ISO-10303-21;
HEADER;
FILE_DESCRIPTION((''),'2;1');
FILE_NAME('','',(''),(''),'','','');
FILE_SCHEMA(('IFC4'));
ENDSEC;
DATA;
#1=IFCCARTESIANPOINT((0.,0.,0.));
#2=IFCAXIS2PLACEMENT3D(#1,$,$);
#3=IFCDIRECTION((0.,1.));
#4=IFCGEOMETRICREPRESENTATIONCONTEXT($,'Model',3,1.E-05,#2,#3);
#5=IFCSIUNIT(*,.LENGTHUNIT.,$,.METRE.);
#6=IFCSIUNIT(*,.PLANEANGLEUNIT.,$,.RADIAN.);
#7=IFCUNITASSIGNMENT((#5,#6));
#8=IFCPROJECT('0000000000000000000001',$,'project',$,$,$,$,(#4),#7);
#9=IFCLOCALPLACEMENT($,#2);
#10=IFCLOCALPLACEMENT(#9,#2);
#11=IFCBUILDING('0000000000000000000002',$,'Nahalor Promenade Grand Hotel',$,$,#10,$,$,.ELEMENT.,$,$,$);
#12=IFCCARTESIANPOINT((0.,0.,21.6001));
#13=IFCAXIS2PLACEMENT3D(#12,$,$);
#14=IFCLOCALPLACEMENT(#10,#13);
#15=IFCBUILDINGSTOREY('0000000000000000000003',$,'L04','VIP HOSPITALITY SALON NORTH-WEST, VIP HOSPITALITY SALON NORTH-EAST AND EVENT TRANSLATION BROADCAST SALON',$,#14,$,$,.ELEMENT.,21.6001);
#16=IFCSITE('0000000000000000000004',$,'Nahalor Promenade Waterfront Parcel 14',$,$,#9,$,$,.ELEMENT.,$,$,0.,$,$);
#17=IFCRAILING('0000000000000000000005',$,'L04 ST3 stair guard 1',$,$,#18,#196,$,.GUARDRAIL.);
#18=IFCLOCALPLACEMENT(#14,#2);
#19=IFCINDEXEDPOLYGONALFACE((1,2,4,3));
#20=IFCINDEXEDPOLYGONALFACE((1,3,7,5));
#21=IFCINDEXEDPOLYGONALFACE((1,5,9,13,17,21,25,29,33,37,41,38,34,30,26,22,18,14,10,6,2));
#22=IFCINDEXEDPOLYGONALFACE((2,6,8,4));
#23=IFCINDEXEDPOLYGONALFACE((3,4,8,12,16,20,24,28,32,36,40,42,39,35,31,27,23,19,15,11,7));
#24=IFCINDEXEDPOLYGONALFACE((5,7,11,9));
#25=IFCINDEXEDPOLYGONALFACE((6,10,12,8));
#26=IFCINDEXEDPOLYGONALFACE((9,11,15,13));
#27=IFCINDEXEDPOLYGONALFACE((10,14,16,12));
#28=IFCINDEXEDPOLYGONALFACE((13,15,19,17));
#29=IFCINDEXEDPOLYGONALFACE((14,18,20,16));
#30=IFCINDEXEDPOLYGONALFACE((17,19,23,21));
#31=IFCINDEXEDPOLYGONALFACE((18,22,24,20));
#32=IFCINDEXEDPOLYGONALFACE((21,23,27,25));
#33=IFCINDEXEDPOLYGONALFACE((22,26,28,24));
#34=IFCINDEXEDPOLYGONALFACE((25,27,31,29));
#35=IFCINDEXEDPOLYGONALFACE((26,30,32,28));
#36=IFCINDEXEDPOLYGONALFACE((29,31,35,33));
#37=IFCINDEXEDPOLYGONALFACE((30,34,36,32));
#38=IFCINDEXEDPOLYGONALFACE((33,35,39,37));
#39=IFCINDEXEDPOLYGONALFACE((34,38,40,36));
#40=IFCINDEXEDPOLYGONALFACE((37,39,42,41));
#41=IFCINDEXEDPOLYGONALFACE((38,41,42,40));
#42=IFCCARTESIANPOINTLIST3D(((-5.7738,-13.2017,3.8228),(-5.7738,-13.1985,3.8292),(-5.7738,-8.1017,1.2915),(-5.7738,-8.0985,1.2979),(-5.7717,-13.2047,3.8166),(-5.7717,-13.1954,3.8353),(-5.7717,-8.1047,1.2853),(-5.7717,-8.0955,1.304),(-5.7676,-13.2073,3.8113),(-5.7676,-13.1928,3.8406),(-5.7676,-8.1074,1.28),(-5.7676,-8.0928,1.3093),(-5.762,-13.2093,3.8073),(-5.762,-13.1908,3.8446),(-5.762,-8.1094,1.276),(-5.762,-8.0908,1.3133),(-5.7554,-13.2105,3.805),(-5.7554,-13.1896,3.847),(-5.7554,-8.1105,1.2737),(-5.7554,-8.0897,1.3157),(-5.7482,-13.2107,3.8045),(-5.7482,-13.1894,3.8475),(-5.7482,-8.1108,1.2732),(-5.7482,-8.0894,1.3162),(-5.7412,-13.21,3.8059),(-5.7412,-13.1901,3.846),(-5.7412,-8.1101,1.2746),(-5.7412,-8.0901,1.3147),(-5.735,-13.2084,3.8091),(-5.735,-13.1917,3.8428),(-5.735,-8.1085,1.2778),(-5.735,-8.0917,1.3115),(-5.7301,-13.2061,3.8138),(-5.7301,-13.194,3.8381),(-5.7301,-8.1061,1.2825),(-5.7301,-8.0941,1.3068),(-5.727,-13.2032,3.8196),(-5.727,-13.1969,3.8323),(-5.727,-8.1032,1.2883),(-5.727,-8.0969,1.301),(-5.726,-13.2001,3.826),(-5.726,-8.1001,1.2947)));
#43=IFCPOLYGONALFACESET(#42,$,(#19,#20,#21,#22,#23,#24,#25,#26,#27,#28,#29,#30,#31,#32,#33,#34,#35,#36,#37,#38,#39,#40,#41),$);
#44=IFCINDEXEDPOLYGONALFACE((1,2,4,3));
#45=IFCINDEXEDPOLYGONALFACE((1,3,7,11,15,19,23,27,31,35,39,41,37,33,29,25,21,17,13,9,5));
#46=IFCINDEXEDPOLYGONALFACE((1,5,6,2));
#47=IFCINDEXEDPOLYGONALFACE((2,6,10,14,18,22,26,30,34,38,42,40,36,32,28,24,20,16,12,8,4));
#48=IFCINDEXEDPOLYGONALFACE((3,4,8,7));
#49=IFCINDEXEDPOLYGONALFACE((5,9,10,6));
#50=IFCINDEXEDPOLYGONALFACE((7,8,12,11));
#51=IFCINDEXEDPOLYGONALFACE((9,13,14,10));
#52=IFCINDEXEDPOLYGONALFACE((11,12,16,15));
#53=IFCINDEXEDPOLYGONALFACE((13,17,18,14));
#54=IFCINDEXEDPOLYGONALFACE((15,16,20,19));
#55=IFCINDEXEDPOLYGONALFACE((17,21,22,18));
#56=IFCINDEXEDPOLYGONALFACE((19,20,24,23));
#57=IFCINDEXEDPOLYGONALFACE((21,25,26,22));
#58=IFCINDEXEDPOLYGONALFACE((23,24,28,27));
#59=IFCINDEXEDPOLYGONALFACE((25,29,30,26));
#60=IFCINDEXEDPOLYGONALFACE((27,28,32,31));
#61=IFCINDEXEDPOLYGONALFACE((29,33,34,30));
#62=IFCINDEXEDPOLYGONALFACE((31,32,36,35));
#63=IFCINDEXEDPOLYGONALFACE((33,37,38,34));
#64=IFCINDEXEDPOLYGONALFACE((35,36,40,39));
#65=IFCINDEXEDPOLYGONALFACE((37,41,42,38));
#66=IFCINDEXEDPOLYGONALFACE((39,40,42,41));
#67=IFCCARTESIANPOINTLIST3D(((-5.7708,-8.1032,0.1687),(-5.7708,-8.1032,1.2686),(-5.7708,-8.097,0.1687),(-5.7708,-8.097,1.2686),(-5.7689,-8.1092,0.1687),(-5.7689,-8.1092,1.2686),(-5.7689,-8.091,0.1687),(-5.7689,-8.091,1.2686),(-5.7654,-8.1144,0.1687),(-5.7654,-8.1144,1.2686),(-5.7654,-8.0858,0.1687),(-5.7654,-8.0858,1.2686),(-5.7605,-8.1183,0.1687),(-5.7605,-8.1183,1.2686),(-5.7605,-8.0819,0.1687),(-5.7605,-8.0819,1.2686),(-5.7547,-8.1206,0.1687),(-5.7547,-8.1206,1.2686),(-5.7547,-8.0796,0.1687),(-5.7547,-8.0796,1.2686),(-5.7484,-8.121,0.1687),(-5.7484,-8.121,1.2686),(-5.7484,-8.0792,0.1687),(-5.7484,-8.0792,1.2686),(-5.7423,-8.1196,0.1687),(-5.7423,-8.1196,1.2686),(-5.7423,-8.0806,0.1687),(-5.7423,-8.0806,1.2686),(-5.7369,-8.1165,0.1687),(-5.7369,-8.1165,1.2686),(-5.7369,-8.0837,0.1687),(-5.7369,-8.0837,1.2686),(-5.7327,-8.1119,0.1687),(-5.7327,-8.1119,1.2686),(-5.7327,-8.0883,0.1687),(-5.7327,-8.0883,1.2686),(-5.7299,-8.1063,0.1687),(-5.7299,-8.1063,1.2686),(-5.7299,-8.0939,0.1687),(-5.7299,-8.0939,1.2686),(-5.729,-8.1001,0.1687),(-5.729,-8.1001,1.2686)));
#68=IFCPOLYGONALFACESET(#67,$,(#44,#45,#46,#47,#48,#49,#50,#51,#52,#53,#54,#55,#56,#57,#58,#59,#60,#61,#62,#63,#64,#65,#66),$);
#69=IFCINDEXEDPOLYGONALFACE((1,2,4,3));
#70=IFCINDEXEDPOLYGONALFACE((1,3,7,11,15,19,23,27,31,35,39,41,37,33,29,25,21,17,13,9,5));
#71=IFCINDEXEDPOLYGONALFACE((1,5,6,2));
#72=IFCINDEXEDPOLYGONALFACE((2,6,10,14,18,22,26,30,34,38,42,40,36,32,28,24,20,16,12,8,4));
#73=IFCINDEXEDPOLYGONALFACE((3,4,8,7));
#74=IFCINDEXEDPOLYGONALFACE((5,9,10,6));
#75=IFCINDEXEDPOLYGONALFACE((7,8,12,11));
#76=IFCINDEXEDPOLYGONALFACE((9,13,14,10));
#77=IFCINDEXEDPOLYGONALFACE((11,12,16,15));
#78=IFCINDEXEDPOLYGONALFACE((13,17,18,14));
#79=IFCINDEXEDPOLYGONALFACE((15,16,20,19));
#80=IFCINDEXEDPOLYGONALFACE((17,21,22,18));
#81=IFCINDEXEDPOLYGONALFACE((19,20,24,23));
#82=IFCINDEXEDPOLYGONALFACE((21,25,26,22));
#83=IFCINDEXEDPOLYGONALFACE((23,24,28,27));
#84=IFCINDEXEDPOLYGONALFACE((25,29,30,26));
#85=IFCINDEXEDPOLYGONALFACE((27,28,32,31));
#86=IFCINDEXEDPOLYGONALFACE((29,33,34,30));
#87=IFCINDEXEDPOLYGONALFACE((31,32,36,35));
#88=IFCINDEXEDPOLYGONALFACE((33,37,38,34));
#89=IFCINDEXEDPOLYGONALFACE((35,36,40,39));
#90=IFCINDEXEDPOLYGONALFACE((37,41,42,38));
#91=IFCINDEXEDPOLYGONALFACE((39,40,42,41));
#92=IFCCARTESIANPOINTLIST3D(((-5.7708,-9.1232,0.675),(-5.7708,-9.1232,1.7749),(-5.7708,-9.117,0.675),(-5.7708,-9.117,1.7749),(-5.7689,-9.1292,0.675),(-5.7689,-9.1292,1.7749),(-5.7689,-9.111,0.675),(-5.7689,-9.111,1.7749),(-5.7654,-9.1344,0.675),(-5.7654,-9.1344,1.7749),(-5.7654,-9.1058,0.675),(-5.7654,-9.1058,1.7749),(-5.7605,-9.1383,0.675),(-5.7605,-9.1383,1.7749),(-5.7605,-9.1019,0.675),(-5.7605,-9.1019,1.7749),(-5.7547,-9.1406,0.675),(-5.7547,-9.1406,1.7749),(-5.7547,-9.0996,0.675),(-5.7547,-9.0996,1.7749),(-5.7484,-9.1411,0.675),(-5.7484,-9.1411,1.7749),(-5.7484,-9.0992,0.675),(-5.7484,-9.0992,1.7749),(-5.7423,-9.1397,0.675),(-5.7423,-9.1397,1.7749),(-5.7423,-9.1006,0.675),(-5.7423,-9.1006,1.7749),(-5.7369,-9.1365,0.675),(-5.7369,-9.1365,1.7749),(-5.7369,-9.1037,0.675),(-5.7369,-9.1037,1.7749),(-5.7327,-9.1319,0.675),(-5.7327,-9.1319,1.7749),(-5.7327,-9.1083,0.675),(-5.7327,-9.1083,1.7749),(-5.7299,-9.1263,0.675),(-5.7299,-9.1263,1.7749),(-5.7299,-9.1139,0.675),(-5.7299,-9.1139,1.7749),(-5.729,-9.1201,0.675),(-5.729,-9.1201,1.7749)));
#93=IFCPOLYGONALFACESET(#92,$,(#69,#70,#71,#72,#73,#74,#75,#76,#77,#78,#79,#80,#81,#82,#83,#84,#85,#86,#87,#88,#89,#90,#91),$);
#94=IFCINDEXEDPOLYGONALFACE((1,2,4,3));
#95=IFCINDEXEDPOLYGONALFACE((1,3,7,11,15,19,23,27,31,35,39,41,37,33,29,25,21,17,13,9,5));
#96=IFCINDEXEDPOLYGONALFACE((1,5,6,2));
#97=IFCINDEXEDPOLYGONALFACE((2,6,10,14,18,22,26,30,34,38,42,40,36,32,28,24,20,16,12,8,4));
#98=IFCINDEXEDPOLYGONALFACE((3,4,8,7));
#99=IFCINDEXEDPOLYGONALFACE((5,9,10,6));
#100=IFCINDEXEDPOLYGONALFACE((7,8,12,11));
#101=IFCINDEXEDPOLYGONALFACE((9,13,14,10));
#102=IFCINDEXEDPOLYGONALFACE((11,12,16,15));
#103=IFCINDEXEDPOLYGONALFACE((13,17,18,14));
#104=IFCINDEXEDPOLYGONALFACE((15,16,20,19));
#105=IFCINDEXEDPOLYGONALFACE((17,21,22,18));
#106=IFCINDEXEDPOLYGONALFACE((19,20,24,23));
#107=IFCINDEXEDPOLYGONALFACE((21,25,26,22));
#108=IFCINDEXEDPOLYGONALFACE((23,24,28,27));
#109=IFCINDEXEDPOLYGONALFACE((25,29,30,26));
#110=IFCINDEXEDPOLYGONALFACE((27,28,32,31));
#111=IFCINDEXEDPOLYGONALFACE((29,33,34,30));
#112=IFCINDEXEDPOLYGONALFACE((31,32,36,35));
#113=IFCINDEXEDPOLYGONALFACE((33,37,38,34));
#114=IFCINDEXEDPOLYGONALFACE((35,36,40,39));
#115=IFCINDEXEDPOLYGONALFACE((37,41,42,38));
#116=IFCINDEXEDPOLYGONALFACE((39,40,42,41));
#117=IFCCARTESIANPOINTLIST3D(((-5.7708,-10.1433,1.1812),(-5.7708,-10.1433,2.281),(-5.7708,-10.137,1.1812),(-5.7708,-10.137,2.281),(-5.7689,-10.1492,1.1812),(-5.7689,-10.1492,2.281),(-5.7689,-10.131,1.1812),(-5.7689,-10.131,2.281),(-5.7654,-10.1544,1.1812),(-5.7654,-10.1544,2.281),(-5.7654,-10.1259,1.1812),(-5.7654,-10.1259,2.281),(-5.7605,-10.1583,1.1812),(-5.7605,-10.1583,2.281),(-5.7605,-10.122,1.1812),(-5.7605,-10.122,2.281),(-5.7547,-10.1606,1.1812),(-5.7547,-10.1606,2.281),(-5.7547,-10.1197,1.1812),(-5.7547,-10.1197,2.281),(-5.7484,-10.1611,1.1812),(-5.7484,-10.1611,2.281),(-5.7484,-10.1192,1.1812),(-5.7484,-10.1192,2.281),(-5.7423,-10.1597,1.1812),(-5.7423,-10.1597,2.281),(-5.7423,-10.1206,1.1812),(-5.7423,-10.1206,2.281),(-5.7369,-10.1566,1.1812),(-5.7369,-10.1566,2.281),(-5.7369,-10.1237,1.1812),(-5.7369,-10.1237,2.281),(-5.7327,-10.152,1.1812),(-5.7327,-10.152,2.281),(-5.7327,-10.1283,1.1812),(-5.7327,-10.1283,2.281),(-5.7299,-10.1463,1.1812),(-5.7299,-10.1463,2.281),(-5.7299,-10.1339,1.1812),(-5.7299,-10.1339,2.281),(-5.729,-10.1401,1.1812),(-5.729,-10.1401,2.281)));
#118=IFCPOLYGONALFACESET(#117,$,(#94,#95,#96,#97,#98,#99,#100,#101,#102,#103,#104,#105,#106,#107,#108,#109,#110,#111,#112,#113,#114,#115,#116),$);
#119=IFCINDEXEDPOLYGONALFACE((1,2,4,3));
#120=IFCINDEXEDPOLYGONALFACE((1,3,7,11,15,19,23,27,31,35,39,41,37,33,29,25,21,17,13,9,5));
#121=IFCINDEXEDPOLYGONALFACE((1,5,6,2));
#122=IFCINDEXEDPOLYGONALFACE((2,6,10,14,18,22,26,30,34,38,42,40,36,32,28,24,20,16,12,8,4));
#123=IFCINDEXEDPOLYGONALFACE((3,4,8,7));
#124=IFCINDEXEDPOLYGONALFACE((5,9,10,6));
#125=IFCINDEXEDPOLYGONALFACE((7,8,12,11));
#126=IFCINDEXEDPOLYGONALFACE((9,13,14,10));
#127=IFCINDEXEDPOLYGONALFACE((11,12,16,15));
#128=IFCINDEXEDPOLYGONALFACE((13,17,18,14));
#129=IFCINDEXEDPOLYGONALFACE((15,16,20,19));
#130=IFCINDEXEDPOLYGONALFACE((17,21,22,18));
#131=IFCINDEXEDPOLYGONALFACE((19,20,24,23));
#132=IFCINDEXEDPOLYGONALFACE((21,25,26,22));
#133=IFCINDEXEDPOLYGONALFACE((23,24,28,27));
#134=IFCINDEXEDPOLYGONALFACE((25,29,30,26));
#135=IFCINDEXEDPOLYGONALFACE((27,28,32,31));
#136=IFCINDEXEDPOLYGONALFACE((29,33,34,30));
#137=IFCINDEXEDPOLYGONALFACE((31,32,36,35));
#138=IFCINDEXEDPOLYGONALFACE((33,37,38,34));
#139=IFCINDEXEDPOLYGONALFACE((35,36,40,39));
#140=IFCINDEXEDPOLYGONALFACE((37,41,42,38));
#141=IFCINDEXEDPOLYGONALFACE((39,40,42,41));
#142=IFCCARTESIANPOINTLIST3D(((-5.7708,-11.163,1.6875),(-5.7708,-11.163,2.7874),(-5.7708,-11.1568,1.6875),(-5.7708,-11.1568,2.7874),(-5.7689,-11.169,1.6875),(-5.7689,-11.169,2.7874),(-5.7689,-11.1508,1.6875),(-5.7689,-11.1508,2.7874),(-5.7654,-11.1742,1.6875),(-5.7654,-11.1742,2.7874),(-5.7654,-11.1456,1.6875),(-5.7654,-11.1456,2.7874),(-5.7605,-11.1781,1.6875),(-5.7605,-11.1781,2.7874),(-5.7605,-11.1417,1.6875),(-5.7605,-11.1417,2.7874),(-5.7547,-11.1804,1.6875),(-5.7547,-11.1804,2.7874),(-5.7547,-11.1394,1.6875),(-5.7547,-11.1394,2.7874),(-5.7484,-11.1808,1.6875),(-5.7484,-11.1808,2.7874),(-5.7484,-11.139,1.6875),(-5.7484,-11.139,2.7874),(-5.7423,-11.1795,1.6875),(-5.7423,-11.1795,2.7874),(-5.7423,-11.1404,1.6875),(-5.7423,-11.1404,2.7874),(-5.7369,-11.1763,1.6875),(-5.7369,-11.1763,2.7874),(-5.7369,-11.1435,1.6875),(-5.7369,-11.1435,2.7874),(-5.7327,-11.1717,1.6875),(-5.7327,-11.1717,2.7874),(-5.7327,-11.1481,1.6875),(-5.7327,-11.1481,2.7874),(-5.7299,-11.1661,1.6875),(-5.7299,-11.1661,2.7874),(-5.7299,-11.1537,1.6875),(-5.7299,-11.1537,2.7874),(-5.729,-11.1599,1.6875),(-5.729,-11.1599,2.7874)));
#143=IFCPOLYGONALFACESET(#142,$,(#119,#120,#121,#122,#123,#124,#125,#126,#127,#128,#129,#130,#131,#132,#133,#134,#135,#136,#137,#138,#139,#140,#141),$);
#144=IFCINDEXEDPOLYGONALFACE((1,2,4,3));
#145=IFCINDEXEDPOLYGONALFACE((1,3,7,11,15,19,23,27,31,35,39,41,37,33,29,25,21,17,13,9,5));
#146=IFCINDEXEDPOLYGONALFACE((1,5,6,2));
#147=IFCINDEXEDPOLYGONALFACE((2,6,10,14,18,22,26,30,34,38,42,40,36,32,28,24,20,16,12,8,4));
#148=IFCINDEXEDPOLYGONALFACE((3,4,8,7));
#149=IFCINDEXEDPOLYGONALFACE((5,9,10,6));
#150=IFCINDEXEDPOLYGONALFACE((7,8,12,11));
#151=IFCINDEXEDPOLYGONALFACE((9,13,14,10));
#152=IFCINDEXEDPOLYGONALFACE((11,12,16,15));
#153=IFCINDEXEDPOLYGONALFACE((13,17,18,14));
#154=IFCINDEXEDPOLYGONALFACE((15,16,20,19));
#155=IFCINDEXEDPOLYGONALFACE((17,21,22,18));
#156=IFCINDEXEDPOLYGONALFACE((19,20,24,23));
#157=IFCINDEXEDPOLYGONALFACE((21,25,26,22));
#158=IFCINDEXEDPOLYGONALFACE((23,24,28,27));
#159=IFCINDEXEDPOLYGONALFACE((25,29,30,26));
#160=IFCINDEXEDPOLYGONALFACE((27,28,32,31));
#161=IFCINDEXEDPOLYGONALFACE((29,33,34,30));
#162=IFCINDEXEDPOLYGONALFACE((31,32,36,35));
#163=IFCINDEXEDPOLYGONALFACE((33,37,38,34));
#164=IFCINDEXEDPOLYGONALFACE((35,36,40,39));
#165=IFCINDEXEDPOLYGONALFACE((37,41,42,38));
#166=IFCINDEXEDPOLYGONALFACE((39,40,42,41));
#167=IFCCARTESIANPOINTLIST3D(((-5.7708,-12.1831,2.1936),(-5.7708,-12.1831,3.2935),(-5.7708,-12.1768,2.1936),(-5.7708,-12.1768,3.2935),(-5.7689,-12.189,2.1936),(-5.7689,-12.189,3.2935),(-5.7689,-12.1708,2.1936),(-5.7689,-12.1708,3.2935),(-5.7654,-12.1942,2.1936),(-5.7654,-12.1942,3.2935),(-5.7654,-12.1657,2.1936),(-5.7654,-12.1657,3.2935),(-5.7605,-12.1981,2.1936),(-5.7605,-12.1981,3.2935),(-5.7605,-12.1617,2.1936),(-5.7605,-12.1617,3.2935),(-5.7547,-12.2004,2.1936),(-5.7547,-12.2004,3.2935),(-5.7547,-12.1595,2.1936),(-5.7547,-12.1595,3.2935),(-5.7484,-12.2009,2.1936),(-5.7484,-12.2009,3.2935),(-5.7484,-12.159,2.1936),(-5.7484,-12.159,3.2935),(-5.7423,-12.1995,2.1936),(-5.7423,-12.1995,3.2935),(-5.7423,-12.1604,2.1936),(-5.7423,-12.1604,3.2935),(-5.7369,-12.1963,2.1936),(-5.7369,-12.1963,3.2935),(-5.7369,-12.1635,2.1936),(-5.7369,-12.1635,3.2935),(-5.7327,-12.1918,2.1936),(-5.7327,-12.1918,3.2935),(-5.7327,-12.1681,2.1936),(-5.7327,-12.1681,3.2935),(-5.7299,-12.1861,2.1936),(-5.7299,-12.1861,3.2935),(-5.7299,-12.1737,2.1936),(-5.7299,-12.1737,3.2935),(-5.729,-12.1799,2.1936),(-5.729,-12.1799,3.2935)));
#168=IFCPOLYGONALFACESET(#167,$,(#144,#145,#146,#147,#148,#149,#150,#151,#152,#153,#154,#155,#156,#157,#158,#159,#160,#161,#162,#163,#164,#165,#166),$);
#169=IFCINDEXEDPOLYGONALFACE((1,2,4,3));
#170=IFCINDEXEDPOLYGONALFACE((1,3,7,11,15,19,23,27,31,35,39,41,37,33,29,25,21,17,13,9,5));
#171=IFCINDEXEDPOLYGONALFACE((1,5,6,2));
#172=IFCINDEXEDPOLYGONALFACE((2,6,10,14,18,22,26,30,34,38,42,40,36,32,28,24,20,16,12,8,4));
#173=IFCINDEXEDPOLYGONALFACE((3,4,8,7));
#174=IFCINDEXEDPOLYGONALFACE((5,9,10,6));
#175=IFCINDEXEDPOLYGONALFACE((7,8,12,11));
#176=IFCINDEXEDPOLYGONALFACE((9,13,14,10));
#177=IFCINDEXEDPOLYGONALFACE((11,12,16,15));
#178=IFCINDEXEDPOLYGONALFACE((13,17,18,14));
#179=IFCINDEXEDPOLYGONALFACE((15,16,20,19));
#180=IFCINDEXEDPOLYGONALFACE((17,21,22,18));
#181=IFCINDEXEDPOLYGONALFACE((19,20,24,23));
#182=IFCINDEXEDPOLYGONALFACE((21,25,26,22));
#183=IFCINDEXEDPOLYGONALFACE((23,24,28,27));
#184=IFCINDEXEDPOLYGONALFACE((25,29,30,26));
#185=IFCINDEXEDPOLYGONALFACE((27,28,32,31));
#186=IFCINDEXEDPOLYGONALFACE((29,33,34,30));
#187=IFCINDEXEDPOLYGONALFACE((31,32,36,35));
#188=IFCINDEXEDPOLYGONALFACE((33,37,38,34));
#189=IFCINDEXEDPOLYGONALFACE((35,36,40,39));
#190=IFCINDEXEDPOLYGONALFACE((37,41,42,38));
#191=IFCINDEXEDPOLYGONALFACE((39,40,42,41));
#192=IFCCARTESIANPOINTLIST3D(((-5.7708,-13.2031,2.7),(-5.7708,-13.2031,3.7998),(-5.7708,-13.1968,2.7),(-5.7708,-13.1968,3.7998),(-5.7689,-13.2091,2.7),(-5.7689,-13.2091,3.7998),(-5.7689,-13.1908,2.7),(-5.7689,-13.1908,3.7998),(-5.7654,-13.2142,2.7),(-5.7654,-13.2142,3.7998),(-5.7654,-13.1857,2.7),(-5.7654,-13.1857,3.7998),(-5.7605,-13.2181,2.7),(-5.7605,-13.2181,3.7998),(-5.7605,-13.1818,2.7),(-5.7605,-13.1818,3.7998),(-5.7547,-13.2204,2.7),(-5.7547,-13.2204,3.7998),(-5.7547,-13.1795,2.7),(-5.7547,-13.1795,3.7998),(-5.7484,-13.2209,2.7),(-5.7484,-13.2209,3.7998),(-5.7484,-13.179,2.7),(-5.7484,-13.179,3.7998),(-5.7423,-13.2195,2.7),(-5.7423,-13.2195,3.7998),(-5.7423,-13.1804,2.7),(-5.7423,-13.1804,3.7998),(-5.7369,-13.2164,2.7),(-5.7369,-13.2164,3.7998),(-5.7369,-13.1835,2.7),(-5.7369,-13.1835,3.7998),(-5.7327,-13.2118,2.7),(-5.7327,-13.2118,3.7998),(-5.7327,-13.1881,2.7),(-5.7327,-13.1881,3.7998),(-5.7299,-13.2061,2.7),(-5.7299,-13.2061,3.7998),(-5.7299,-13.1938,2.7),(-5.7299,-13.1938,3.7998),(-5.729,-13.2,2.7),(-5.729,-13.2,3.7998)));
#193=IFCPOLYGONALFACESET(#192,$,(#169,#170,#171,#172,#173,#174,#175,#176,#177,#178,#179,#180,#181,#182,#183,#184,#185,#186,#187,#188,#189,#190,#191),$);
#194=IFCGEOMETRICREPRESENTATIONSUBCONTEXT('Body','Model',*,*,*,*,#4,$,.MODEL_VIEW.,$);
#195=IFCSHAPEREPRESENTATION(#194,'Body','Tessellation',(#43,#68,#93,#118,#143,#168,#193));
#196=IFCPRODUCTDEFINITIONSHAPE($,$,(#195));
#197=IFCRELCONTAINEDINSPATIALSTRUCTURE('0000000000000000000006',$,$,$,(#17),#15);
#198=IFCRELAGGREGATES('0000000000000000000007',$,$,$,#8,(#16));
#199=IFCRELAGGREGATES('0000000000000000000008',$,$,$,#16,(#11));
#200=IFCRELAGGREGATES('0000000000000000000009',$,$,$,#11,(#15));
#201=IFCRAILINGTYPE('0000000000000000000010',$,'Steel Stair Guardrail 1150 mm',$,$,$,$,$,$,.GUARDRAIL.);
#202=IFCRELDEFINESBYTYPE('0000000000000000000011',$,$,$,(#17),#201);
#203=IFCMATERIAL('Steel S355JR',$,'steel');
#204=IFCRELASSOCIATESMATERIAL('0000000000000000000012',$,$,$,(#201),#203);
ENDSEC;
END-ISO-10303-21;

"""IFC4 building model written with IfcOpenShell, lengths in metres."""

from ifc_helpers import new_model, si_unit, direction, frame, origin, origin_2d, place, context, subcontext, project, spatial, circle, extrude, material, type_object, element, save


model = new_model("IFC4")

# Units and contexts
model_context = context("Model", 3, precision=1e-05, world=origin(), true_north=direction((0.0, 1.0)))
body_context = subcontext(model_context, "Body", "Model", "MODEL_VIEW")
ifc_project = project(units=[si_unit("LENGTHUNIT", "METRE"), si_unit("PLANEANGLEUNIT", "RADIAN")], contexts=[model_context])

# Site, building, storey
site_placement = place(None, origin())
site = spatial("IfcSite", under=ifc_project, at=site_placement, Name="Nahalor Promenade Waterfront Parcel 14", CompositionType="ELEMENT", RefElevation=0.0)
building_placement = place(site_placement, origin())
building = spatial("IfcBuilding", under=site, at=building_placement, Name="Nahalor Promenade Grand Hotel", CompositionType="ELEMENT")
storey_placement = place(building_placement, frame((0.0, 0.0, 21.6001)))
storey = spatial("IfcBuildingStorey", under=building, at=storey_placement, Name="L04", Description="VIP HOSPITALITY SALON NORTH-WEST, VIP HOSPITALITY SALON NORTH-EAST AND EVENT TRANSLATION BROADCAST SALON", CompositionType="ELEMENT", Elevation=21.6001)

# Shared definitions
ifc_material_1 = material(Name="Steel S355JR", Category="steel")

# Railing
railing_type_1 = type_object("IfcRailingType", Name="Steel Stair Guardrail 1150 mm", PredefinedType="GUARDRAIL", material=ifc_material_1)
railing_1_placement = place(storey_placement, frame((-5.75, -8.1001, 0.1687)))
element("IfcRailing", 1, at=railing_1_placement, inside=storey, type_object=railing_type_1, Name="L04 ST3 stair guard 1", PredefinedType="GUARDRAIL", context=body_context, shape_type="SweptSolid", body=[
    extrude(circle(Radius=0.024, at=origin_2d()), frame((0.0, 0.0, 1.126), z_axis=(0.0, -0.895735, 0.444587), x_axis=(1.0, 0.0, 0.0)), (0.0, 0.0, 1.0), 5.6936),
    extrude(circle(Radius=0.021, at=origin_2d()), origin(), (0.0, 0.0, 1.0), 1.0999),
    extrude(circle(Radius=0.021, at=origin_2d()), frame((0.0, -1.02, 0.5063)), (0.0, 0.0, 1.0), 1.0999),
    extrude(circle(Radius=0.021, at=origin_2d()), frame((0.0, -2.04, 1.0125)), (0.0, 0.0, 1.0), 1.0999),
    extrude(circle(Radius=0.021, at=origin_2d()), frame((0.0, -3.0598, 1.5188)), (0.0, 0.0, 1.0), 1.0999),
    extrude(circle(Radius=0.021, at=origin_2d()), frame((0.0, -4.0798, 2.0249)), (0.0, 0.0, 1.0), 1.0999),
    extrude(circle(Radius=0.021, at=origin_2d()), frame((0.0, -5.0999, 2.5312)), (0.0, 0.0, 1.0), 1.0999),
])

save(model, "model.ifc")
